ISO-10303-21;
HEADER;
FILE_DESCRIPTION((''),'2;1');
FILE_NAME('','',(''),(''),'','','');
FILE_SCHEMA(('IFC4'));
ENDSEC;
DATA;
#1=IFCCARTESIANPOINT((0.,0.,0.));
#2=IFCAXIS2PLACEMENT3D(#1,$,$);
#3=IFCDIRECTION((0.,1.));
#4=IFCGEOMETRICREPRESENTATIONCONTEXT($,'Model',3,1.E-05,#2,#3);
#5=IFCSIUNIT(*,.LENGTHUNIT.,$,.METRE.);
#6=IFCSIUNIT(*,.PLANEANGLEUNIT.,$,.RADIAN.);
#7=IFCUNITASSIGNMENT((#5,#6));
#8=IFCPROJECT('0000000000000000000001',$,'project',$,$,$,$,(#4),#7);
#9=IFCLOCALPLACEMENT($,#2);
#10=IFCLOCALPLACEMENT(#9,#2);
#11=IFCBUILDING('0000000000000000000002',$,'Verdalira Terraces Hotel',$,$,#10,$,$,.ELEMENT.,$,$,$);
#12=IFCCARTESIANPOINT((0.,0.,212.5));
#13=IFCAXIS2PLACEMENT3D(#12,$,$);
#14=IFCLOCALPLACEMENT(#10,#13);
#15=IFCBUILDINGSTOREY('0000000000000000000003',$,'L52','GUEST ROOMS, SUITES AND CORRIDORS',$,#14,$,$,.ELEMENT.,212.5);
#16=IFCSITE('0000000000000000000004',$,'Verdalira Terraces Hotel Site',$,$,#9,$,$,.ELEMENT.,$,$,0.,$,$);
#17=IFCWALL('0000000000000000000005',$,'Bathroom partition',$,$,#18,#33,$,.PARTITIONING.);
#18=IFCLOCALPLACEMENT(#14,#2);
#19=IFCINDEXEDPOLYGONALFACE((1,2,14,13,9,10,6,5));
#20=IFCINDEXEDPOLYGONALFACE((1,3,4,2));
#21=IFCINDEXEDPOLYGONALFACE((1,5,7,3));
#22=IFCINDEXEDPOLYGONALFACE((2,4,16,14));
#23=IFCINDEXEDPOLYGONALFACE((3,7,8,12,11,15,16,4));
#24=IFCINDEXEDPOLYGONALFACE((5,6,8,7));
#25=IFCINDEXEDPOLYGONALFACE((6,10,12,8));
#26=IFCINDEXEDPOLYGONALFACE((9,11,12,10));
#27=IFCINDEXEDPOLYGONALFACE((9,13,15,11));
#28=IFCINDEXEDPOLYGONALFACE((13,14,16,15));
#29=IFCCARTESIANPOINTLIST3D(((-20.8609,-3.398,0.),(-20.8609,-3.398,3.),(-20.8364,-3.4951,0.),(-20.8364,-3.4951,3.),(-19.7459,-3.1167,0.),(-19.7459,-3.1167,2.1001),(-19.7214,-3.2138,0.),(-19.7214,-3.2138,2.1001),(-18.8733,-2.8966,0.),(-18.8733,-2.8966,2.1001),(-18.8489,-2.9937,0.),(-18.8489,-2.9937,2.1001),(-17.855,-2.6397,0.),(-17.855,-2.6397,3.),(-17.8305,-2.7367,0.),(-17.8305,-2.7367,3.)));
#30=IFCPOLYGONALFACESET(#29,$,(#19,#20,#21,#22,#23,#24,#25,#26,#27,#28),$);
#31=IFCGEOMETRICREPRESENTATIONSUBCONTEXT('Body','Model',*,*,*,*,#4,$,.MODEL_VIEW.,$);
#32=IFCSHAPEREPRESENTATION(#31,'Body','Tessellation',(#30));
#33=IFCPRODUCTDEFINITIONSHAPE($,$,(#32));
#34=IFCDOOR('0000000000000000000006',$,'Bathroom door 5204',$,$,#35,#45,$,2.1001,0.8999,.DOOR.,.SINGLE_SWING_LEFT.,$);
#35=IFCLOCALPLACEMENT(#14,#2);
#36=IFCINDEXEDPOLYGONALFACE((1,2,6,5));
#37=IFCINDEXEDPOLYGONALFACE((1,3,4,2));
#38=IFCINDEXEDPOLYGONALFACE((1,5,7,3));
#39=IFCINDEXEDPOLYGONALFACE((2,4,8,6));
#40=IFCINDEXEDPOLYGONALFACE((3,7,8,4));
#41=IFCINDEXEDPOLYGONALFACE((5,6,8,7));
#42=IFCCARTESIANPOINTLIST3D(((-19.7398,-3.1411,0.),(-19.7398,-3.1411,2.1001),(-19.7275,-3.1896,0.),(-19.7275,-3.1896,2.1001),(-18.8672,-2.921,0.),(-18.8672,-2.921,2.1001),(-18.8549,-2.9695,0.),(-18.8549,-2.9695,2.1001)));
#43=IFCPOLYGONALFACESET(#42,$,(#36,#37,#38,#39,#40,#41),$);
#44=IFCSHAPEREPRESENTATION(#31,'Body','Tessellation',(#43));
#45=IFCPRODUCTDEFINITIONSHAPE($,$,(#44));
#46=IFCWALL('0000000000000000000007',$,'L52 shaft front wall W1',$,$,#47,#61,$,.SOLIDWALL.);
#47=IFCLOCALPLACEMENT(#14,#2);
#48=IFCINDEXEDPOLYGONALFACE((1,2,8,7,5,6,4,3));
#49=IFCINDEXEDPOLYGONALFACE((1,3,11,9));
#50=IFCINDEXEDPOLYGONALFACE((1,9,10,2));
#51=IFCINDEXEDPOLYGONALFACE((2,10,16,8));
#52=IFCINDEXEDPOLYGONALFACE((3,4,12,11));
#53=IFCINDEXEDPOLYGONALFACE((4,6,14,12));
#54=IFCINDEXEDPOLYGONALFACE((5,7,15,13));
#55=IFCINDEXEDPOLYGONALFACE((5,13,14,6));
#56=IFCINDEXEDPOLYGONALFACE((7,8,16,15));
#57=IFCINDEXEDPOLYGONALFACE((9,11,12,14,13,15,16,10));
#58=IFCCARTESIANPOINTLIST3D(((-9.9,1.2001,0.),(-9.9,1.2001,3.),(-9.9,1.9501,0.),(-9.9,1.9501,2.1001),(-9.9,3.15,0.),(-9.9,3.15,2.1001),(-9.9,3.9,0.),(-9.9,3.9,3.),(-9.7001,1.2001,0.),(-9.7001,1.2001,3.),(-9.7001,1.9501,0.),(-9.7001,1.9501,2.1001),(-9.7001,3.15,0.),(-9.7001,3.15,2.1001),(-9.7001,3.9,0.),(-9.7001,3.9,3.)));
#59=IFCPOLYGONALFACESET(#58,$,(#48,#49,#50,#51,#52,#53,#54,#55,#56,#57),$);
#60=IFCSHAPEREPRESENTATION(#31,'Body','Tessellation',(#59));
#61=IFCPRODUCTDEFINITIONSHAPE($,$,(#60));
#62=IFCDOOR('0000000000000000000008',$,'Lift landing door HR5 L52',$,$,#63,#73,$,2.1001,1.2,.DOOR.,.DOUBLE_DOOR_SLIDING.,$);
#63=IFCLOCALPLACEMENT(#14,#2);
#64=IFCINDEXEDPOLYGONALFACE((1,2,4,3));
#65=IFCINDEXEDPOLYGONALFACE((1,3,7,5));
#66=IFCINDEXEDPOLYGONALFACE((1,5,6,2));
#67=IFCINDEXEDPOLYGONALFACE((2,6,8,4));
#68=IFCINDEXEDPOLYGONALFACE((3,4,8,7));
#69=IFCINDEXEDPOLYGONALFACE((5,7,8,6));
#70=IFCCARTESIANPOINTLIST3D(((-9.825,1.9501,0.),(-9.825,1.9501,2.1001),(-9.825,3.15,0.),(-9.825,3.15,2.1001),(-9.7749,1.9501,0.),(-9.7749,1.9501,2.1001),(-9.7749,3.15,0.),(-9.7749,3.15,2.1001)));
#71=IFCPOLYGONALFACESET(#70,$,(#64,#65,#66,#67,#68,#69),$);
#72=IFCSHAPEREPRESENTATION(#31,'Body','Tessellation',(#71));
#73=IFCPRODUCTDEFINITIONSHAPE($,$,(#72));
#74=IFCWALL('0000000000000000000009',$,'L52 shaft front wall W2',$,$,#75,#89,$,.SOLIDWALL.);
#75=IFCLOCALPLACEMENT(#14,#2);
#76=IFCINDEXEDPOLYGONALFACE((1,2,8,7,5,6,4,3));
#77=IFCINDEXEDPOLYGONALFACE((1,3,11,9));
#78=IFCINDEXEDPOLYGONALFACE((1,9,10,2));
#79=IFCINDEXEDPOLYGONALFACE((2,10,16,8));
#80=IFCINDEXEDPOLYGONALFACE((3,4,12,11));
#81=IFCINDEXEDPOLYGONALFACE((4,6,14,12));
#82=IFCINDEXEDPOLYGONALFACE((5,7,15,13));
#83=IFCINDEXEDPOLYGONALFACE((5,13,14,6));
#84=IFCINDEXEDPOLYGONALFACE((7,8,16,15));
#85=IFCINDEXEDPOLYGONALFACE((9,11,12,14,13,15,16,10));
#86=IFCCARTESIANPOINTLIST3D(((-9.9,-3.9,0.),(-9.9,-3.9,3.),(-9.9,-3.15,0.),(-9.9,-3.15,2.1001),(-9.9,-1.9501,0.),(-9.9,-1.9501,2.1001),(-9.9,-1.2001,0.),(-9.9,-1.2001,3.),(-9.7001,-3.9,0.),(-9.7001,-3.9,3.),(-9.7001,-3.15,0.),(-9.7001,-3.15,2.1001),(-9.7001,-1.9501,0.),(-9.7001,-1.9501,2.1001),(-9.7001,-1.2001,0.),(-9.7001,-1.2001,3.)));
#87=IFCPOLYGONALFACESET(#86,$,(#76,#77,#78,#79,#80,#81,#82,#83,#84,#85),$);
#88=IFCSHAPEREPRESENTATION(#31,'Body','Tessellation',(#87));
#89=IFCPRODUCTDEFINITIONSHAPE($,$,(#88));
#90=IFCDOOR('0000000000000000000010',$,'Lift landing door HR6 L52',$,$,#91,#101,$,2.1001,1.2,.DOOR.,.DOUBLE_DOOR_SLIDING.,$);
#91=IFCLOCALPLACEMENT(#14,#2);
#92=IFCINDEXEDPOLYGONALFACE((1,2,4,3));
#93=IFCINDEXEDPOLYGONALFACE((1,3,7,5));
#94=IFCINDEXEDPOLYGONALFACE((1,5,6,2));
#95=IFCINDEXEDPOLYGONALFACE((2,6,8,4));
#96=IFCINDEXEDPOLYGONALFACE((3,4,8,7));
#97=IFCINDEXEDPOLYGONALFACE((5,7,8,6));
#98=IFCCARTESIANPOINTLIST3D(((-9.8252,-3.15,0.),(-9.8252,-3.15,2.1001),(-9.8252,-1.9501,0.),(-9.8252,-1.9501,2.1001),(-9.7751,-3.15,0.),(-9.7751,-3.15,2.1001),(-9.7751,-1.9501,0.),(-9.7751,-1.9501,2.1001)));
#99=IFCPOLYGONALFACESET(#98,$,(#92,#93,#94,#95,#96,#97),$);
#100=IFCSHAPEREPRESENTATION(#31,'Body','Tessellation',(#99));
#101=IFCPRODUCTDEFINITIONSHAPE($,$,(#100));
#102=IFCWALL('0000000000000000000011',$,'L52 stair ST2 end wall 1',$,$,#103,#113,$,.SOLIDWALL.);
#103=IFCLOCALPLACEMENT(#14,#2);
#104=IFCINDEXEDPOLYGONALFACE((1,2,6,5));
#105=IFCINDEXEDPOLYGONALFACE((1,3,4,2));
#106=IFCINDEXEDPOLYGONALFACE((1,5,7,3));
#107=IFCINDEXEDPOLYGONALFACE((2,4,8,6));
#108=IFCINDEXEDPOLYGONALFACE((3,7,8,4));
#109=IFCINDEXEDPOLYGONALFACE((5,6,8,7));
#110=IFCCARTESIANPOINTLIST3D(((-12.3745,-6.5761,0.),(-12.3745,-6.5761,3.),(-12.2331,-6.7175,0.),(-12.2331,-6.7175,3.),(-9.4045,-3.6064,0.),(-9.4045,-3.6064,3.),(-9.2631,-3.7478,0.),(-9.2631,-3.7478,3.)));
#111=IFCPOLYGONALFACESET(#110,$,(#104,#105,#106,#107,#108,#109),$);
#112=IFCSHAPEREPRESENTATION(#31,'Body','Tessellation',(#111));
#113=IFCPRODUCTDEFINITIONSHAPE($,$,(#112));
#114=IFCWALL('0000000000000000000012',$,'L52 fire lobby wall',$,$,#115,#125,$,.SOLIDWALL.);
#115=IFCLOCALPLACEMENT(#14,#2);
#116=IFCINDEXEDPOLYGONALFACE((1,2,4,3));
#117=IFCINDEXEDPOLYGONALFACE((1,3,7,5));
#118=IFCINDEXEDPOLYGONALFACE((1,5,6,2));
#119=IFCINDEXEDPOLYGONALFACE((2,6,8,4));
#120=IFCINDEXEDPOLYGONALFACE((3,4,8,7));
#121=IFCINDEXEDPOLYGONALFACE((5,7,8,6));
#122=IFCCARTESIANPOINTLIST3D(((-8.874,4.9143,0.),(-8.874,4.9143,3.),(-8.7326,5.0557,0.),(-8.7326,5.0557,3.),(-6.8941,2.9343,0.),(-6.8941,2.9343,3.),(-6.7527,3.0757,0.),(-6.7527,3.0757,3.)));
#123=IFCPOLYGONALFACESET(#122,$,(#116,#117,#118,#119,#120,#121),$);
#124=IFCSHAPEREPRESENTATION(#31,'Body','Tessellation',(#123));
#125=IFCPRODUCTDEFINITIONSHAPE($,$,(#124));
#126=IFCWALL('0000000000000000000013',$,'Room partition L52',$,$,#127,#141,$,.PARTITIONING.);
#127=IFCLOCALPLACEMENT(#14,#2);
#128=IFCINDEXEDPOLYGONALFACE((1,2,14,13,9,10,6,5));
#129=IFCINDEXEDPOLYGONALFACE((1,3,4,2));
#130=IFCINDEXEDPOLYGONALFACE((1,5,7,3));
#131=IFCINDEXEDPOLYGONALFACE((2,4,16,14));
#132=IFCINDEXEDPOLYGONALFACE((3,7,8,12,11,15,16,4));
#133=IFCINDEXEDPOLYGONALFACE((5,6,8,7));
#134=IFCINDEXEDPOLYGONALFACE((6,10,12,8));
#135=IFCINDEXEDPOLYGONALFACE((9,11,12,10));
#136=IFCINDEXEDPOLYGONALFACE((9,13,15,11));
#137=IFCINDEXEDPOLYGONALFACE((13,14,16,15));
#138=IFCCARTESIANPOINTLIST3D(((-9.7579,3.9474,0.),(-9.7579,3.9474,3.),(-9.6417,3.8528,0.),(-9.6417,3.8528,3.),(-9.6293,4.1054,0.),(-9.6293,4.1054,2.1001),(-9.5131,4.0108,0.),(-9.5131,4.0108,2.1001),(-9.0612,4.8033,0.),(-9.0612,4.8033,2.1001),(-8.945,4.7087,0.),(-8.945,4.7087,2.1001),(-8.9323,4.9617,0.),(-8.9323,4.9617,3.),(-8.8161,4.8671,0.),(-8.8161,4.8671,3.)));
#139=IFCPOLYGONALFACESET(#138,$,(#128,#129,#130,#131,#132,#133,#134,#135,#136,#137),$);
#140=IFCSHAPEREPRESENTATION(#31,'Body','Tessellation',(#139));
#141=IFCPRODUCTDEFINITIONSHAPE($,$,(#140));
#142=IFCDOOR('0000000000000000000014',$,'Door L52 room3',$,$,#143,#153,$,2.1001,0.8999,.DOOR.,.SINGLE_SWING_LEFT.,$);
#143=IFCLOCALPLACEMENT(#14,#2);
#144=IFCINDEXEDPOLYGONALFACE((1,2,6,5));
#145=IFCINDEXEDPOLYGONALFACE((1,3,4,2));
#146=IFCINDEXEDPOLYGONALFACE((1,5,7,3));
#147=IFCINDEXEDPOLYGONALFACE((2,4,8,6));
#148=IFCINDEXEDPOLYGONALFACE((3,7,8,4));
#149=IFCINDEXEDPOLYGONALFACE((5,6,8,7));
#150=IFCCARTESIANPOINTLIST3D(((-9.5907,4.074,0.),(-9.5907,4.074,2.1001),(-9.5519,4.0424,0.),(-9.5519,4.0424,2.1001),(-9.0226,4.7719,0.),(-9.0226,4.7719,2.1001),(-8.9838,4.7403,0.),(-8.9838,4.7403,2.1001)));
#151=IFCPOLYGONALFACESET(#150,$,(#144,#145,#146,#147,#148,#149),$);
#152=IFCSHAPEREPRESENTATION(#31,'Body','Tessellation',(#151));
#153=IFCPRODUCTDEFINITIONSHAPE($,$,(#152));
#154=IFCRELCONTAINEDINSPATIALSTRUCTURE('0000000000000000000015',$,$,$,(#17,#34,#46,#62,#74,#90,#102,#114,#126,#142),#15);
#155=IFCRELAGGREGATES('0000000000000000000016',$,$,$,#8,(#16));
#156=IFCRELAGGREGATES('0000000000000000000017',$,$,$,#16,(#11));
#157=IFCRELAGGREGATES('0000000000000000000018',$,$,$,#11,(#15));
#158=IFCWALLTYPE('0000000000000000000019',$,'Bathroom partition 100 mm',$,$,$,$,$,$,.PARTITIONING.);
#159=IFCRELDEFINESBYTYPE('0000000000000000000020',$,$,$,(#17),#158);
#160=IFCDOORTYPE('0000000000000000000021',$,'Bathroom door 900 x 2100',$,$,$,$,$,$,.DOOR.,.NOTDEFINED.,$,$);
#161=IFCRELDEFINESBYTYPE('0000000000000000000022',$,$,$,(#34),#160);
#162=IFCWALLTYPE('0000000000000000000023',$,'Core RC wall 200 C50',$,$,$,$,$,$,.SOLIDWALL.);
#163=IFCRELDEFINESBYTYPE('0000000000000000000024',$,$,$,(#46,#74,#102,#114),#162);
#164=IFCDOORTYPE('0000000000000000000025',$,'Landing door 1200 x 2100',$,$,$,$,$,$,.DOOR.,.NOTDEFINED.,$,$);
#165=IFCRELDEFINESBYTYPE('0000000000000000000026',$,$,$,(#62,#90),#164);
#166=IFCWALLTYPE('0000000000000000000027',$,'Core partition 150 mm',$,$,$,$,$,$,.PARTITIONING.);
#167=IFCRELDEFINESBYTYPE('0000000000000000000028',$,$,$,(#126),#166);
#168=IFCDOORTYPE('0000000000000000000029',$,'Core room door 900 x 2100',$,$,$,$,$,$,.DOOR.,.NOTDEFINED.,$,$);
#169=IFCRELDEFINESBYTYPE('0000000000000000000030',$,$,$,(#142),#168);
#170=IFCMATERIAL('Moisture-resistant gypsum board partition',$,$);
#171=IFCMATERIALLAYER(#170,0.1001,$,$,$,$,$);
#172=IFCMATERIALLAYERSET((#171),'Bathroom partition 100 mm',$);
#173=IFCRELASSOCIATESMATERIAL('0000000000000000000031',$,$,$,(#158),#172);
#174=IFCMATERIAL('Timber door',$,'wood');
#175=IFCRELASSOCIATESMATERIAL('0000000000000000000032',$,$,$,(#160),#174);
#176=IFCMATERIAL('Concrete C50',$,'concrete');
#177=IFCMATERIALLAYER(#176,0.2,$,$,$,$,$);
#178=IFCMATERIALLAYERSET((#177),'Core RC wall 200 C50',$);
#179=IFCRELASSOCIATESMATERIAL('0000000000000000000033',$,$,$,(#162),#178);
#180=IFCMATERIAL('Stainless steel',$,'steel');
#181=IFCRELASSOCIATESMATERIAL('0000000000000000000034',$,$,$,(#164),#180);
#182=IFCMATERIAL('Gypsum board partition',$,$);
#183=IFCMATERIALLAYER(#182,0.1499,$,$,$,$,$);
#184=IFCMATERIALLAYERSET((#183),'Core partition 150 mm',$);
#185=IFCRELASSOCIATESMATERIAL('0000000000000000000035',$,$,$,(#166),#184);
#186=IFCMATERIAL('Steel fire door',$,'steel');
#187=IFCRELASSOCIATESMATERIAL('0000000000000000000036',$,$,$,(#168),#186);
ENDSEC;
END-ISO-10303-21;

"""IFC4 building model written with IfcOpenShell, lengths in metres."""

from ifc_helpers import new_model, si_unit, direction, frame, frame_2d, origin, place, context, subcontext, project, spatial, rectangle, extrude, material, layer, layer_set, type_object, element, fill, save


model = new_model("IFC4")

# Units and contexts
model_context = context("Model", 3, precision=1e-05, world=origin(), true_north=direction((0.0, 1.0)))
body_context = subcontext(model_context, "Body", "Model", "MODEL_VIEW")
ifc_project = project(units=[si_unit("LENGTHUNIT", "METRE"), si_unit("PLANEANGLEUNIT", "RADIAN")], contexts=[model_context])

# Site, building, storey
site_placement = place(None, origin())
site = spatial("IfcSite", under=ifc_project, at=site_placement, Name="Verdalira Terraces Hotel Site", CompositionType="ELEMENT", RefElevation=0.0)
building_placement = place(site_placement, origin())
building = spatial("IfcBuilding", under=site, at=building_placement, Name="Verdalira Terraces Hotel", CompositionType="ELEMENT")
storey_placement = place(building_placement, frame((0.0, 0.0, 212.5)))
storey = spatial("IfcBuildingStorey", under=building, at=storey_placement, Name="L52", Description="GUEST ROOMS, SUITES AND CORRIDORS", CompositionType="ELEMENT", Elevation=212.5)

# Walls, openings, doors
ifc_material_1 = material(Name="Moisture-resistant gypsum board partition")
ifc_layer_1 = layer(ifc_material_1, 0.1001)
ifc_layer_set_1 = layer_set([ifc_layer_1], Name="Bathroom partition 100 mm")
wall_type_1 = type_object("IfcWallType", Name="Bathroom partition 100 mm", PredefinedType="PARTITIONING", material=ifc_layer_set_1)
wall_1_placement = place(storey_placement, frame((-20.8486, -3.4465, 0.0), z_axis=(0.0, 0.0, 1.0), x_axis=(0.969621, 0.24461, 0.0)))
wall_1 = element("IfcWall", 1, at=wall_1_placement, inside=storey, type_object=wall_type_1, Name="Bathroom partition", PredefinedType="PARTITIONING", context=body_context, shape_type="SweptSolid", body=[
    extrude(rectangle(XDim=3.1001, YDim=0.1001, at=frame_2d((1.55, 0.0))), origin(), (0.0, 0.0, 1.0), 3.0),
])
opening_1_placement = place(wall_1_placement, frame((1.1499, 0.0, 0.0)))
opening_1 = element("IfcOpeningElement", 2, at=opening_1_placement, cuts=wall_1, PredefinedType="OPENING", context=body_context, shape_type="SweptSolid", body=[
    extrude(rectangle(XDim=0.8999, YDim=2.1001, at=frame_2d((0.45, 1.05))), frame((0.0, 0.0601, 0.0), z_axis=(0.0, -1.0, 0.0), x_axis=(1.0, 0.0, 0.0)), (0.0, 0.0, 1.0), 0.1201),
])
ifc_material_2 = material(Name="Timber door", Category="wood")
door_type_1 = type_object("IfcDoorType", Name="Bathroom door 900 x 2100", OperationType="NOTDEFINED", PredefinedType="DOOR", material=ifc_material_2)
door_1_placement = place(opening_1_placement, origin())
door_1 = element("IfcDoor", 3, at=door_1_placement, inside=storey, type_object=door_type_1, Name="Bathroom door 5204", OperationType="SINGLE_SWING_LEFT", OverallHeight=2.1001, OverallWidth=0.8999, PredefinedType="DOOR", context=body_context, shape_type="SweptSolid", body=[
    extrude(rectangle(XDim=0.8999, YDim=2.1001, at=frame_2d((0.45, 1.05))), frame((0.0, 0.0249, 0.0), z_axis=(0.0, -1.0, 0.0), x_axis=(1.0, 0.0, 0.0)), (0.0, 0.0, 1.0), 0.05),
])
fill(opening_1, door_1)
ifc_material_3 = material(Name="Concrete C50", Category="concrete")
ifc_layer_2 = layer(ifc_material_3, 0.2)
ifc_layer_set_2 = layer_set([ifc_layer_2], Name="Core RC wall 200 C50")
wall_type_2 = type_object("IfcWallType", Name="Core RC wall 200 C50", PredefinedType="SOLIDWALL", material=ifc_layer_set_2)
wall_2_placement = place(storey_placement, frame((-9.8, 1.2, 0.0), z_axis=(0.0, 0.0, 1.0), x_axis=(0.0, 1.0, 0.0)))
wall_2 = element("IfcWall", 4, at=wall_2_placement, inside=storey, type_object=wall_type_2, Name="L52 shaft front wall W1", PredefinedType="SOLIDWALL", context=body_context, shape_type="SweptSolid", body=[
    extrude(rectangle(XDim=2.7, YDim=0.2, at=frame_2d((1.3501, 0.0))), origin(), (0.0, 0.0, 1.0), 3.0),
])
opening_2_placement = place(wall_2_placement, frame((0.75, 0.0, 0.0)))
opening_2 = element("IfcOpeningElement", 5, at=opening_2_placement, cuts=wall_2, PredefinedType="OPENING", context=body_context, shape_type="SweptSolid", body=[
    extrude(rectangle(XDim=1.2, YDim=2.1001, at=frame_2d((0.6001, 1.05))), frame((0.0, 0.1099, 0.0), z_axis=(0.0, -1.0, 0.0), x_axis=(1.0, 0.0, 0.0)), (0.0, 0.0, 1.0), 0.22),
])
ifc_material_4 = material(Name="Stainless steel", Category="steel")
door_type_2 = type_object("IfcDoorType", Name="Landing door 1200 x 2100", OperationType="NOTDEFINED", PredefinedType="DOOR", material=ifc_material_4)
door_2_placement = place(opening_2_placement, origin())
door_2 = element("IfcDoor", 6, at=door_2_placement, inside=storey, type_object=door_type_2, Name="Lift landing door HR5 L52", OperationType="DOUBLE_DOOR_SLIDING", OverallHeight=2.1001, OverallWidth=1.2, PredefinedType="DOOR", context=body_context, shape_type="SweptSolid", body=[
    extrude(rectangle(XDim=1.2, YDim=2.1001, at=frame_2d((0.6001, 1.05))), frame((0.0, 0.0249, 0.0), z_axis=(0.0, -1.0, 0.0), x_axis=(1.0, 0.0, 0.0)), (0.0, 0.0, 1.0), 0.05),
])
fill(opening_2, door_2)
wall_3_placement = place(storey_placement, frame((-9.8, -1.2, 0.0), z_axis=(0.0, 0.0, 1.0), x_axis=(0.0, -1.0, 0.0)))
wall_3 = element("IfcWall", 7, at=wall_3_placement, inside=storey, type_object=wall_type_2, Name="L52 shaft front wall W2", PredefinedType="SOLIDWALL", context=body_context, shape_type="SweptSolid", body=[
    extrude(rectangle(XDim=2.7, YDim=0.2, at=frame_2d((1.3501, 0.0))), origin(), (0.0, 0.0, 1.0), 3.0),
])
opening_3_placement = place(wall_3_placement, frame((0.75, 0.0, 0.0)))
opening_3 = element("IfcOpeningElement", 8, at=opening_3_placement, cuts=wall_3, PredefinedType="OPENING", context=body_context, shape_type="SweptSolid", body=[
    extrude(rectangle(XDim=1.2, YDim=2.1001, at=frame_2d((0.6001, 1.05))), frame((0.0, 0.1099, 0.0), z_axis=(0.0, -1.0, 0.0), x_axis=(1.0, 0.0, 0.0)), (0.0, 0.0, 1.0), 0.22),
])
door_3_placement = place(opening_3_placement, origin())
door_3 = element("IfcDoor", 9, at=door_3_placement, inside=storey, type_object=door_type_2, Name="Lift landing door HR6 L52", OperationType="DOUBLE_DOOR_SLIDING", OverallHeight=2.1001, OverallWidth=1.2, PredefinedType="DOOR", context=body_context, shape_type="SweptSolid", body=[
    extrude(rectangle(XDim=1.2, YDim=2.1001, at=frame_2d((0.6001, 1.05))), frame((0.0, 0.0249, 0.0), z_axis=(0.0, -1.0, 0.0), x_axis=(1.0, 0.0, 0.0)), (0.0, 0.0, 1.0), 0.05),
])
fill(opening_3, door_3)

# Walls
wall_4_placement = place(storey_placement, frame((-9.3337, -3.677, 0.0), z_axis=(0.0, 0.0, 1.0), x_axis=(-0.707136, -0.707078, 0.0)))
element("IfcWall", 10, at=wall_4_placement, inside=storey, type_object=wall_type_2, Name="L52 stair ST2 end wall 1", PredefinedType="SOLIDWALL", context=body_context, shape_type="SweptSolid", body=[
    extrude(rectangle(XDim=4.2, YDim=0.2, at=frame_2d((2.1001, 0.0))), origin(), (0.0, 0.0, 1.0), 3.0),
])
wall_5_placement = place(storey_placement, frame((-6.8235, 3.0051, 0.0), z_axis=(0.0, 0.0, 1.0), x_axis=(-0.707107, 0.707107, 0.0)))
element("IfcWall", 11, at=wall_5_placement, inside=storey, type_object=wall_type_2, Name="L52 fire lobby wall", PredefinedType="SOLIDWALL", context=body_context, shape_type="SweptSolid", body=[
    extrude(rectangle(XDim=2.8, YDim=0.2, at=frame_2d((1.3999, 0.0))), origin(), (0.0, 0.0, 1.0), 3.0),
])

# Wall, opening, door
ifc_material_5 = material(Name="Gypsum board partition")
ifc_layer_3 = layer(ifc_material_5, 0.1499)
ifc_layer_set_3 = layer_set([ifc_layer_3], Name="Core partition 150 mm")
wall_type_3 = type_object("IfcWallType", Name="Core partition 150 mm", PredefinedType="PARTITIONING", material=ifc_layer_set_3)
wall_6_placement = place(storey_placement, frame((-8.8743, 4.9143, 0.0), z_axis=(0.0, 0.0, 1.0), x_axis=(-0.631274, -0.77556, 0.0)))
wall_6 = element("IfcWall", 12, at=wall_6_placement, inside=storey, type_object=wall_type_3, Name="Room partition L52", PredefinedType="PARTITIONING", context=body_context, shape_type="SweptSolid", body=[
    extrude(rectangle(XDim=1.3079, YDim=0.1499, at=frame_2d((0.6538, 0.0))), origin(), (0.0, 0.0, 1.0), 3.0),
])
opening_4_placement = place(wall_6_placement, frame((0.2041, 0.0, 0.0)))
opening_4 = element("IfcOpeningElement", 13, at=opening_4_placement, cuts=wall_6, PredefinedType="OPENING", context=body_context, shape_type="SweptSolid", body=[
    extrude(rectangle(XDim=0.8999, YDim=2.1001, at=frame_2d((0.45, 1.05))), frame((0.0, 0.085, 0.0), z_axis=(0.0, -1.0, 0.0), x_axis=(1.0, 0.0, 0.0)), (0.0, 0.0, 1.0), 0.1699),
])
ifc_material_6 = material(Name="Steel fire door", Category="steel")
door_type_3 = type_object("IfcDoorType", Name="Core room door 900 x 2100", OperationType="NOTDEFINED", PredefinedType="DOOR", material=ifc_material_6)
door_4_placement = place(opening_4_placement, origin())
door_4 = element("IfcDoor", 14, at=door_4_placement, inside=storey, type_object=door_type_3, Name="Door L52 room3", OperationType="SINGLE_SWING_LEFT", OverallHeight=2.1001, OverallWidth=0.8999, PredefinedType="DOOR", context=body_context, shape_type="SweptSolid", body=[
    extrude(rectangle(XDim=0.8999, YDim=2.1001, at=frame_2d((0.45, 1.05))), frame((0.0, 0.0249, 0.0), z_axis=(0.0, -1.0, 0.0), x_axis=(1.0, 0.0, 0.0)), (0.0, 0.0, 1.0), 0.05),
])
fill(opening_4, door_4)

save(model, "model.ifc")
